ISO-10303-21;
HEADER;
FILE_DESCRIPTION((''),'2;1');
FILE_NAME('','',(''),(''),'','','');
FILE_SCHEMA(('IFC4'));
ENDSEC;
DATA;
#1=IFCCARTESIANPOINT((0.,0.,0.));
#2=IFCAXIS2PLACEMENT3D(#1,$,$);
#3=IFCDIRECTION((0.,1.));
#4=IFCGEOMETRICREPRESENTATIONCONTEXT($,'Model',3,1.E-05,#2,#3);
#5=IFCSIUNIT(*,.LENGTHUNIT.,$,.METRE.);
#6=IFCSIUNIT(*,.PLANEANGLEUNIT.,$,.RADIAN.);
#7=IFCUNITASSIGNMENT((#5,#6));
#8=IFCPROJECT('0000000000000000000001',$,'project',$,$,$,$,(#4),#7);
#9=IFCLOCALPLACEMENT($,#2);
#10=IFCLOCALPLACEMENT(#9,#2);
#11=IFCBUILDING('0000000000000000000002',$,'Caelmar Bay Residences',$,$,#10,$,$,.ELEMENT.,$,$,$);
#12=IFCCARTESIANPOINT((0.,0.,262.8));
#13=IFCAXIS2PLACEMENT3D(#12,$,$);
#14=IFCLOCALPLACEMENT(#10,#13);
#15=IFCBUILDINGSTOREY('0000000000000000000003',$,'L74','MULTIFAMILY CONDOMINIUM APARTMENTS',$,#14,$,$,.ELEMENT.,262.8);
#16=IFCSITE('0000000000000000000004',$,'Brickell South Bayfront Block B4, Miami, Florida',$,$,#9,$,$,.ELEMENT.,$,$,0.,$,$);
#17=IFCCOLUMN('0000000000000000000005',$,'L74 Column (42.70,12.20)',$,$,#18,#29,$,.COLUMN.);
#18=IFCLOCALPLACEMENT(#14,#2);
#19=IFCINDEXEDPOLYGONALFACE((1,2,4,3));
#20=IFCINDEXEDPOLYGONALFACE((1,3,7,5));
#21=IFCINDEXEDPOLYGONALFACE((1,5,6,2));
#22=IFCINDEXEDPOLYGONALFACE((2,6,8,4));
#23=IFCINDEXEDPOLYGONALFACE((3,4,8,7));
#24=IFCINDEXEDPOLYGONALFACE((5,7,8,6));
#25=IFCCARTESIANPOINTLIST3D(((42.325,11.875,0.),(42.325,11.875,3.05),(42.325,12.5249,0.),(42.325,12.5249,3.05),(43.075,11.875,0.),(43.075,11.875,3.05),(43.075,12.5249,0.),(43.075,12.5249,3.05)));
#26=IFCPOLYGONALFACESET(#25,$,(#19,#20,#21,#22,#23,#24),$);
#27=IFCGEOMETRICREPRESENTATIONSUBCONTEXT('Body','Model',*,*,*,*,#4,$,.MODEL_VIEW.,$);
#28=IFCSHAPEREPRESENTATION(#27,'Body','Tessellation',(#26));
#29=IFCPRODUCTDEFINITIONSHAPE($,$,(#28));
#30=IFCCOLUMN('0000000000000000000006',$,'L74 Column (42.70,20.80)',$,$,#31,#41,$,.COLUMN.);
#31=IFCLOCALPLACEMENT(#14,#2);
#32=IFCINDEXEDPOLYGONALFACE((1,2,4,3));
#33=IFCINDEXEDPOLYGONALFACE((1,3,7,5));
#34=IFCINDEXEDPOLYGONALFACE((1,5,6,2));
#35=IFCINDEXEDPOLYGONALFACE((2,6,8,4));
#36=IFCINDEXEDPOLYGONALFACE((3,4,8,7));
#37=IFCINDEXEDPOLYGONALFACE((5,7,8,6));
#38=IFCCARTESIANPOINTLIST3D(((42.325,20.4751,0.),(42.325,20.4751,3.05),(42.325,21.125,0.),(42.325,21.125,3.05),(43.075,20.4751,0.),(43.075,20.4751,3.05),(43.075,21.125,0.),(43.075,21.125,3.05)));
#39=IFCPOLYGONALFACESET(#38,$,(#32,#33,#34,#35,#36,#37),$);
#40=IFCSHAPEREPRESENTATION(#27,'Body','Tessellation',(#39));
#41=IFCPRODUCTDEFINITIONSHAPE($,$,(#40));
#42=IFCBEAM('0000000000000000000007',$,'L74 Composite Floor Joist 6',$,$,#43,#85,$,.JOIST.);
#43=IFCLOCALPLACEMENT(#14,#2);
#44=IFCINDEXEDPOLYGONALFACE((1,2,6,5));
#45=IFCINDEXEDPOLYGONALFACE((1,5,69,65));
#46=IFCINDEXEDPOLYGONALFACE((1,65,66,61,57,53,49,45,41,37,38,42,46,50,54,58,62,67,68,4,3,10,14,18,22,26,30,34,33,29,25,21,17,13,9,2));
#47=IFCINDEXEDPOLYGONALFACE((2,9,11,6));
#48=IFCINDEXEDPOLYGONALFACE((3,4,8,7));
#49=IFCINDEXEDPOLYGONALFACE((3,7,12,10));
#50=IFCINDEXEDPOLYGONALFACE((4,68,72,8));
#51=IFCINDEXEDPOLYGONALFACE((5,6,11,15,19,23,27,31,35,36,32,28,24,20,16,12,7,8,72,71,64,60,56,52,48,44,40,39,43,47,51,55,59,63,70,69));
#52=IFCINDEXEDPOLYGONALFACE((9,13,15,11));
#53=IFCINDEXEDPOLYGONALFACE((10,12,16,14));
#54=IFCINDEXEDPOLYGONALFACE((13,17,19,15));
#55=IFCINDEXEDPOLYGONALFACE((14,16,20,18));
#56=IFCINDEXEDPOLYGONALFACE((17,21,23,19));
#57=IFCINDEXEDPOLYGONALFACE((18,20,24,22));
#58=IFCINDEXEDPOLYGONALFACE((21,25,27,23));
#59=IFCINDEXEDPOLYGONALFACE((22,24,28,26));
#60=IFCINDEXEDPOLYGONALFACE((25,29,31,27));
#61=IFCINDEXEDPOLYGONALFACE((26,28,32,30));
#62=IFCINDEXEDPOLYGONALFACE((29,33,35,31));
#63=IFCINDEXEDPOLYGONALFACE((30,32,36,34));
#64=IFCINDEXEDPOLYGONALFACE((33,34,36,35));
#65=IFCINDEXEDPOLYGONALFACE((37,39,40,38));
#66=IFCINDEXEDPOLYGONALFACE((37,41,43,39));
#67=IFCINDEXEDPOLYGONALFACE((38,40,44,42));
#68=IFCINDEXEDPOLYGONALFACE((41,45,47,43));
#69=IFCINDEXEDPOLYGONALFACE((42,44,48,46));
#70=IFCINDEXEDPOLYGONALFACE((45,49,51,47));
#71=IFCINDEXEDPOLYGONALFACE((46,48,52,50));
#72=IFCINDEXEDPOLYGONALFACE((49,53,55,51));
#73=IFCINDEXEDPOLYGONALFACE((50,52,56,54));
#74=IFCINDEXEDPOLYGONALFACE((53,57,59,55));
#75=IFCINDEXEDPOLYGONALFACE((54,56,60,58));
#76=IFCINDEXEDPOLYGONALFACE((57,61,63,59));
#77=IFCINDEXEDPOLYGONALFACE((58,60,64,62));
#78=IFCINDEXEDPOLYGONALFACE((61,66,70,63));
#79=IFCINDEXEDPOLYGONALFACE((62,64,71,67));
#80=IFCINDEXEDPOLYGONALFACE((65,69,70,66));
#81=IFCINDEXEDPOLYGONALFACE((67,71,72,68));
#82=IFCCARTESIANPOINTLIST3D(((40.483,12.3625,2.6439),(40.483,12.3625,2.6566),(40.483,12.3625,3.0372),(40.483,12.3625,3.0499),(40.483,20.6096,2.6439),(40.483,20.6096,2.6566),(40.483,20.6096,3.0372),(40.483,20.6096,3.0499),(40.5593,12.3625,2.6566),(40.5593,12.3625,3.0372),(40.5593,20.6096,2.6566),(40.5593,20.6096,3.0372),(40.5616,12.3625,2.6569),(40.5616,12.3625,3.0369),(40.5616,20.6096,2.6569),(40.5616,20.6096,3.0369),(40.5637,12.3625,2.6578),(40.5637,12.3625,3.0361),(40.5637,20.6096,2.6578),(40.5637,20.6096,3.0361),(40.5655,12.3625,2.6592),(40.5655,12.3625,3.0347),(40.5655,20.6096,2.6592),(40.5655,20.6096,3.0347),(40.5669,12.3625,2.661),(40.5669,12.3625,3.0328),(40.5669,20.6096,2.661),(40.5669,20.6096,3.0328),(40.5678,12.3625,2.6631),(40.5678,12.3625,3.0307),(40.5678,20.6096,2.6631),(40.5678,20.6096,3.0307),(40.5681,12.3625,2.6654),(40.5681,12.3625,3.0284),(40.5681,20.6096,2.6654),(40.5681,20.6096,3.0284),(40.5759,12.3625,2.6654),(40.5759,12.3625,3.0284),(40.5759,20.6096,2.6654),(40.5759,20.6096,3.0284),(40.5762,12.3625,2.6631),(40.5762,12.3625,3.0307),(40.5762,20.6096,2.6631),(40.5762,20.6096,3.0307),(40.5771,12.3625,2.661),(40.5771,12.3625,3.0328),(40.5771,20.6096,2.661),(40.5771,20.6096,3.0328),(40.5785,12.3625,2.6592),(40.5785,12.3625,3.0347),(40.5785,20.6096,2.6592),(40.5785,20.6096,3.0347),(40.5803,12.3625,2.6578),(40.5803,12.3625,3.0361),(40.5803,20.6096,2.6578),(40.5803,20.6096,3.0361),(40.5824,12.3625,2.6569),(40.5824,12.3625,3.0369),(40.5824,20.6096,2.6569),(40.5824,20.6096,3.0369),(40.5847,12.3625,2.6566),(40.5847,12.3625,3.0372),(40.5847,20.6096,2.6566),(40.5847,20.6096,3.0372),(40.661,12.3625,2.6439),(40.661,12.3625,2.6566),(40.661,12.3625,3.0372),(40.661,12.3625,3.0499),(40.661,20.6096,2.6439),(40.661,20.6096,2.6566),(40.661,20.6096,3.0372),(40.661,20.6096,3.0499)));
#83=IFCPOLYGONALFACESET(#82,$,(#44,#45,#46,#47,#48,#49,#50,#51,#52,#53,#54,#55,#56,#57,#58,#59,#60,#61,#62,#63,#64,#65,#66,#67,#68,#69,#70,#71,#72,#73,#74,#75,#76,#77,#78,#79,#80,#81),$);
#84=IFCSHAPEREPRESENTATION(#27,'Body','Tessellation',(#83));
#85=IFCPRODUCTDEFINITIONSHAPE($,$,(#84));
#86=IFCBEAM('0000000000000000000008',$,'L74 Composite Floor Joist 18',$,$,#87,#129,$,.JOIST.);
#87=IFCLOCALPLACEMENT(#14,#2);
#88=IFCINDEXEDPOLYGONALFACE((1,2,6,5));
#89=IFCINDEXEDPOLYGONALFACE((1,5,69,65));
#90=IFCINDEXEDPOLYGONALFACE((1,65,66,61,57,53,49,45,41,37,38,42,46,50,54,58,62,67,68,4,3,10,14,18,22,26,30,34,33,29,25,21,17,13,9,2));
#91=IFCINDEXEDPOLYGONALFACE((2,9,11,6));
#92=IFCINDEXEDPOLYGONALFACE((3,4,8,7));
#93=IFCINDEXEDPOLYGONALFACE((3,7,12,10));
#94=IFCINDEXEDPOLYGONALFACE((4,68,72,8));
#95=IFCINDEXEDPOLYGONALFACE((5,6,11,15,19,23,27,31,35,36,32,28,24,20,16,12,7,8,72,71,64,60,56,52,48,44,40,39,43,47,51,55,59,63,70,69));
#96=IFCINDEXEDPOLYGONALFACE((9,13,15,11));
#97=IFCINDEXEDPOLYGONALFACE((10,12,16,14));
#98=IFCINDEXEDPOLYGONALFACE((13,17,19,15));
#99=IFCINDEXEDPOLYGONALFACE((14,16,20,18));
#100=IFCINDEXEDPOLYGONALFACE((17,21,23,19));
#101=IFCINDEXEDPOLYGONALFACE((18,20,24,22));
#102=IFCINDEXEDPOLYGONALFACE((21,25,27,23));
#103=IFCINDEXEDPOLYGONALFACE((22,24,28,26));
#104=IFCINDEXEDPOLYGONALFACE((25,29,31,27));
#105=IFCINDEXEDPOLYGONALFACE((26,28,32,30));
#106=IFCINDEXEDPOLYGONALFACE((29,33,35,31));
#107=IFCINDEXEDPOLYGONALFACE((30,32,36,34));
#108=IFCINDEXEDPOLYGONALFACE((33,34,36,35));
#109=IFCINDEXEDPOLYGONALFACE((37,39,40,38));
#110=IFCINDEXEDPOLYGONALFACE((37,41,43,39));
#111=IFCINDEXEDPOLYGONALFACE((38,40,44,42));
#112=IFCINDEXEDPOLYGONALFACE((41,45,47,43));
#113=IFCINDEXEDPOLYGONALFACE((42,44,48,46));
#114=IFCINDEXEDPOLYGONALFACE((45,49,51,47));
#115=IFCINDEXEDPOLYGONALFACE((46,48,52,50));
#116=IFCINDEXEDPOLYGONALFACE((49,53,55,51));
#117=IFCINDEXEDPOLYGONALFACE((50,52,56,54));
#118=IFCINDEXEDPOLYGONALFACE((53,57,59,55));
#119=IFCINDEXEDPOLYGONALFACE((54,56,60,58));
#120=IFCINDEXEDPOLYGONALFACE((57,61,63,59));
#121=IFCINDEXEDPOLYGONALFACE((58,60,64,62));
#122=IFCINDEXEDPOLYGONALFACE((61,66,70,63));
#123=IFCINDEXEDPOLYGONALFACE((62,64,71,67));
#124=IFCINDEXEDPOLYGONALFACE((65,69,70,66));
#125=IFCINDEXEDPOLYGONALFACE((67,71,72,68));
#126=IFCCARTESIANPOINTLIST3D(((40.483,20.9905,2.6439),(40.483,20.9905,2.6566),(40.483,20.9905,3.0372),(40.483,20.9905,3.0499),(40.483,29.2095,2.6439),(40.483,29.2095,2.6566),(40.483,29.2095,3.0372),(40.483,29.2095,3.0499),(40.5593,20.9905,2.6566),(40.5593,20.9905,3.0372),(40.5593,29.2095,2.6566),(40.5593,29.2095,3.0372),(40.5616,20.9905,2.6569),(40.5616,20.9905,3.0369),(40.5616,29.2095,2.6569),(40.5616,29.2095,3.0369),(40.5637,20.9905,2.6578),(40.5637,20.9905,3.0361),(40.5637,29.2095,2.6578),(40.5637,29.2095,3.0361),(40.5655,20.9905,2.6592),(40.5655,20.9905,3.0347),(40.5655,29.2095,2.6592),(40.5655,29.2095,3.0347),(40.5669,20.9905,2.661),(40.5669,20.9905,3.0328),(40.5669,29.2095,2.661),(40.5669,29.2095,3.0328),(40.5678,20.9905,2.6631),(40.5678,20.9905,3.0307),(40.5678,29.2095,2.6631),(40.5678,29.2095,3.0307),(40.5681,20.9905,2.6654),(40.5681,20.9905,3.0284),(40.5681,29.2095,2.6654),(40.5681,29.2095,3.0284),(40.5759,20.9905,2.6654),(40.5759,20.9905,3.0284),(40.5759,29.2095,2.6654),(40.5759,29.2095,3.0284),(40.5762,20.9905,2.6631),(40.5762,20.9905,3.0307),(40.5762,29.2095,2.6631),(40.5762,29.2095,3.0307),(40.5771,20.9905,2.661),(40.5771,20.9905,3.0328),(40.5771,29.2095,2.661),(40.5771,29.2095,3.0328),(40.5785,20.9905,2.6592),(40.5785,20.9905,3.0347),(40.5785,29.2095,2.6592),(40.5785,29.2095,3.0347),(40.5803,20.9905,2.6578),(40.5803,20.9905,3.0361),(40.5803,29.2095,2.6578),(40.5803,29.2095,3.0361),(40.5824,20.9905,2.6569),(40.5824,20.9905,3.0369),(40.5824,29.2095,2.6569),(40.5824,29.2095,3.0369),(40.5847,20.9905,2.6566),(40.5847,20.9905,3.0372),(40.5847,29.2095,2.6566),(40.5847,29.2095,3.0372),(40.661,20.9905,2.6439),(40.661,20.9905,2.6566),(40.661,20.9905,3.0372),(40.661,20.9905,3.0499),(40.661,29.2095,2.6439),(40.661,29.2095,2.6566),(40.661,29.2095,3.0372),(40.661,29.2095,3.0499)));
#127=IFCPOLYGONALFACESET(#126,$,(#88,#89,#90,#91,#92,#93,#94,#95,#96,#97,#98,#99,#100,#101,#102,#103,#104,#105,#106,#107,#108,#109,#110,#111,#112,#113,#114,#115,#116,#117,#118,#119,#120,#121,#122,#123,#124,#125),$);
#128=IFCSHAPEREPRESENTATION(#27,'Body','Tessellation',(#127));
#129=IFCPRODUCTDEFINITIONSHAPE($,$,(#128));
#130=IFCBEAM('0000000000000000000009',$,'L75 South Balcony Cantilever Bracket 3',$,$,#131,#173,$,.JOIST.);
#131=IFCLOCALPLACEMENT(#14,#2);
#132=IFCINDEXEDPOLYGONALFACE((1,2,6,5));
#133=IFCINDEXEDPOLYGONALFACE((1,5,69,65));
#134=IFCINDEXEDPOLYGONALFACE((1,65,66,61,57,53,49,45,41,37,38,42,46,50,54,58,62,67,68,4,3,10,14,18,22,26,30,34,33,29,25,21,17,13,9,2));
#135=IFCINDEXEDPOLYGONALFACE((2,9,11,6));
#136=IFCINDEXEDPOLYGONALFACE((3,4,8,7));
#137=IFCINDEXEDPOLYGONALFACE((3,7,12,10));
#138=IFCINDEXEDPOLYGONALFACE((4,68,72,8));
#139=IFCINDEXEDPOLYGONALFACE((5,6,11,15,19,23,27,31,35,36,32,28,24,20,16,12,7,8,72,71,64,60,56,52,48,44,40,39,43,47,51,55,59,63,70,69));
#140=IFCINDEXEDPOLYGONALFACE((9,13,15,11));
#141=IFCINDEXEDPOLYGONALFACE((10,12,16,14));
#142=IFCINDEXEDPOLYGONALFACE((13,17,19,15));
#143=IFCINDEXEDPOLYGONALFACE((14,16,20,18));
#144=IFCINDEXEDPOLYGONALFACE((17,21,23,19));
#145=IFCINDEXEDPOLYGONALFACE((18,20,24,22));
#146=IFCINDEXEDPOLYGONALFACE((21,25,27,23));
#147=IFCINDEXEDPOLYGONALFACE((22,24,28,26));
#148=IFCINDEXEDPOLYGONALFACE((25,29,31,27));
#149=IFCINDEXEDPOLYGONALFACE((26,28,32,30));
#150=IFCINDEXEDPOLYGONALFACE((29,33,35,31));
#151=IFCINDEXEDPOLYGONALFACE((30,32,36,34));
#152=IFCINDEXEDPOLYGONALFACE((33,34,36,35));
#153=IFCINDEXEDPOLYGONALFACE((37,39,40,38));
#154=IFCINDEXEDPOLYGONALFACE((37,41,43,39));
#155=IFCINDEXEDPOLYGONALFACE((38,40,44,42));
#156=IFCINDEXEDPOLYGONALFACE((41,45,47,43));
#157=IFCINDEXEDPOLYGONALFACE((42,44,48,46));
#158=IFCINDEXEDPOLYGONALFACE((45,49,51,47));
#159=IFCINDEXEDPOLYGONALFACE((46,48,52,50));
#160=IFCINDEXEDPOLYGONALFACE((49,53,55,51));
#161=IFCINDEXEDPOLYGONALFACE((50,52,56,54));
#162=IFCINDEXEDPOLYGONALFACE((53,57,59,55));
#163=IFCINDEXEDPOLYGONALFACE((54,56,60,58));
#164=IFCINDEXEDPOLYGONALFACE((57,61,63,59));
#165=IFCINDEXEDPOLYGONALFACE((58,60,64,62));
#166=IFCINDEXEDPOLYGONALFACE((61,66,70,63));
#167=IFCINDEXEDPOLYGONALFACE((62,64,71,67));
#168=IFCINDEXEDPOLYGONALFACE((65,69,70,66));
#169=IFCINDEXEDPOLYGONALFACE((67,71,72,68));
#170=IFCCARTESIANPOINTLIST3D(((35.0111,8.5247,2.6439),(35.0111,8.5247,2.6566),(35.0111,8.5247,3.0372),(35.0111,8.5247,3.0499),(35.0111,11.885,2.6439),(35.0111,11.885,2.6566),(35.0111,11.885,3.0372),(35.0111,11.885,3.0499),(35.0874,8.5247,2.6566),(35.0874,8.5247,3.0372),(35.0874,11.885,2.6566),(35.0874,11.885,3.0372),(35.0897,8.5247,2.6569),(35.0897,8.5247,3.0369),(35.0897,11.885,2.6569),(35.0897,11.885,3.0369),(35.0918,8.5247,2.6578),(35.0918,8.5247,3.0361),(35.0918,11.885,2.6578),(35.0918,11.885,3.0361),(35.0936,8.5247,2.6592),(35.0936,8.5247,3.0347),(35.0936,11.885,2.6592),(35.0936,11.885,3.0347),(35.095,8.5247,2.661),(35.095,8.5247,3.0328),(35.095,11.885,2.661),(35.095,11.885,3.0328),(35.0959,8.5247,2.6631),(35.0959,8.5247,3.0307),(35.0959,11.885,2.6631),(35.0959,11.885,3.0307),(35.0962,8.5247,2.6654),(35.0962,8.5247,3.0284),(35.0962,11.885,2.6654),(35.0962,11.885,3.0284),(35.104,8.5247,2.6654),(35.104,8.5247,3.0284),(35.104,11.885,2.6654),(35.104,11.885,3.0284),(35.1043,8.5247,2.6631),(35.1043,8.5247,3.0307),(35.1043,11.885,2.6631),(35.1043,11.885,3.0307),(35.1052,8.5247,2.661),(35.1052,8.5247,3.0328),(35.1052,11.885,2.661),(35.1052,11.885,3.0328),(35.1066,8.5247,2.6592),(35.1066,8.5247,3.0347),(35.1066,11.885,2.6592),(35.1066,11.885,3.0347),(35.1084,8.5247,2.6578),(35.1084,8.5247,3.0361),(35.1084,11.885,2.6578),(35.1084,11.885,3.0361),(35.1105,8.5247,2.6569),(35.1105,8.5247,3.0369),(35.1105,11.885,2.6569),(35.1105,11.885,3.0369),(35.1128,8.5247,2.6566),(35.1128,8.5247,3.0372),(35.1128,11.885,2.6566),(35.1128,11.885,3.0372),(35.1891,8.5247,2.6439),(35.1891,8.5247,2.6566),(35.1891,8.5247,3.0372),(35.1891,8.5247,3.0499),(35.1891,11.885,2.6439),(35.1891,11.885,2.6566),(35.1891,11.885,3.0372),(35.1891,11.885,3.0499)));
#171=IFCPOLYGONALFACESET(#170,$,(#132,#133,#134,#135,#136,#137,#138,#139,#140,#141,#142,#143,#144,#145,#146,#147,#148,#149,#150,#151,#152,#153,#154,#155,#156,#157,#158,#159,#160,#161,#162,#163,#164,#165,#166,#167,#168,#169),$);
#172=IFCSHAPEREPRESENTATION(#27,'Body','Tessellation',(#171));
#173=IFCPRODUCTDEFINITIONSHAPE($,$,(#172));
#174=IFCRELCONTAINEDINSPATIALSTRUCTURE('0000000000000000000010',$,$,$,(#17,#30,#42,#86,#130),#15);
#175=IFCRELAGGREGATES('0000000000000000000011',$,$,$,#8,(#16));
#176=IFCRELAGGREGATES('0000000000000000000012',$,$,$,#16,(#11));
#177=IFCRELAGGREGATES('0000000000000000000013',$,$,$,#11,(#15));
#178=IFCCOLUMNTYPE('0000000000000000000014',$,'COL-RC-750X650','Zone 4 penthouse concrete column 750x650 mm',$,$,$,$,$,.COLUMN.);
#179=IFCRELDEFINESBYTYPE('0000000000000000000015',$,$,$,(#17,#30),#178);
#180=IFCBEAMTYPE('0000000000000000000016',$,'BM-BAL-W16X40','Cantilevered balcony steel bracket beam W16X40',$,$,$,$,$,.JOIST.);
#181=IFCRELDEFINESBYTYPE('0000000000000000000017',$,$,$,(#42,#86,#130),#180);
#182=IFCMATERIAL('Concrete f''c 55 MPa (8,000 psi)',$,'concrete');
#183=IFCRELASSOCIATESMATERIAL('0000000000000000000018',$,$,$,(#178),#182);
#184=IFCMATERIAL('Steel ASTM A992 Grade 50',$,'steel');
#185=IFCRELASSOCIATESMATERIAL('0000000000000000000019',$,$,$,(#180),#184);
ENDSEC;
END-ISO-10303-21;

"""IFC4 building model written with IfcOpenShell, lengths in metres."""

from ifc_helpers import new_model, si_unit, direction, frame, origin, origin_2d, place, context, subcontext, project, spatial, rectangle, i_section, extrude, material, material_profile, profile_set, type_object, element, save


model = new_model("IFC4")

# Units and contexts
model_context = context("Model", 3, precision=1e-05, world=origin(), true_north=direction((0.0, 1.0)))
body_context = subcontext(model_context, "Body", "Model", "MODEL_VIEW")
ifc_project = project(units=[si_unit("LENGTHUNIT", "METRE"), si_unit("PLANEANGLEUNIT", "RADIAN")], contexts=[model_context])

# Site, building, storey
site_placement = place(None, origin())
site = spatial("IfcSite", under=ifc_project, at=site_placement, Name="Brickell South Bayfront Block B4, Miami, Florida", CompositionType="ELEMENT", RefElevation=0.0)
building_placement = place(site_placement, origin())
building = spatial("IfcBuilding", under=site, at=building_placement, Name="Caelmar Bay Residences", CompositionType="ELEMENT")
storey_placement = place(building_placement, frame((0.0, 0.0, 262.8)))
storey = spatial("IfcBuildingStorey", under=building, at=storey_placement, Name="L74", Description="MULTIFAMILY CONDOMINIUM APARTMENTS", CompositionType="ELEMENT", Elevation=262.8)

# Columns
ifc_material_1 = material(Name="Concrete f'c 55 MPa (8,000 psi)", Category="concrete")
ifc_material_profile_1 = material_profile(ifc_material_1, rectangle(XDim=0.75, YDim=0.6499, at=origin_2d()), Name="RC-COL-750X650")
ifc_profile_set_1 = profile_set([ifc_material_profile_1], Name="Concrete f'c 55 MPa (8,000 psi)")
column_type = type_object("IfcColumnType", Name="COL-RC-750X650", Description="Zone 4 penthouse concrete column 750x650 mm", PredefinedType="COLUMN", material=ifc_profile_set_1)
for number, where, z_axis, x_axis, name in (
    (1, (42.7, 12.2, 0.0), (0.0, 0.0, 1.0), (1.0, 0.0, 0.0), "L74 Column (42.70,12.20)"),
    (2, (42.7, 20.8, 0.0), (0.0, 0.0, 1.0), (1.0, 0.0, 0.0), "L74 Column (42.70,20.80)"),
):
    element("IfcColumn", number, at=place(storey_placement, frame(where, z_axis=z_axis, x_axis=x_axis)), inside=storey, type_object=column_type, Name=name, PredefinedType="COLUMN", context=body_context, shape_type="SweptSolid", body=[
        extrude(rectangle(XDim=0.75, YDim=0.6499, at=origin_2d()), origin(), (0.0, 0.0, 1.0), 3.05),
    ])

# Beams
ifc_material_2 = material(Name="Steel ASTM A992 Grade 50", Category="steel")
ifc_material_profile_2 = material_profile(ifc_material_2, i_section(OverallWidth=0.178, OverallDepth=0.406, WebThickness=0.0078, FlangeThickness=0.0127, FilletRadius=0.0088, at=origin_2d()), Name="W16X40")
ifc_profile_set_2 = profile_set([ifc_material_profile_2], Name="Steel ASTM A992 Grade 50")
beam_type_1 = type_object("IfcBeamType", Name="BM-BAL-W16X40", Description="Cantilevered balcony steel bracket beam W16X40", PredefinedType="JOIST", material=ifc_profile_set_2)
beam_1_placement = place(storey_placement, frame((40.572, 12.3625, 2.8469), z_axis=(0.0, 1.0, 0.0), x_axis=(-1.0, 0.0, 0.0)))
element("IfcBeam", 3, at=beam_1_placement, inside=storey, type_object=beam_type_1, Name="L74 Composite Floor Joist 6", PredefinedType="JOIST", context=body_context, shape_type="SweptSolid", body=[
    extrude(i_section(OverallWidth=0.178, OverallDepth=0.406, WebThickness=0.0078, FlangeThickness=0.0127, FilletRadius=0.0088, at=origin_2d()), origin(), (0.0, 0.0, 1.0), 8.2471),
])
beam_2_placement = place(storey_placement, frame((40.572, 20.9905, 2.8469), z_axis=(0.0, 1.0, 0.0), x_axis=(-1.0, 0.0, 0.0)))
element("IfcBeam", 4, at=beam_2_placement, inside=storey, type_object=beam_type_1, Name="L74 Composite Floor Joist 18", PredefinedType="JOIST", context=body_context, shape_type="SweptSolid", body=[
    extrude(i_section(OverallWidth=0.178, OverallDepth=0.406, WebThickness=0.0078, FlangeThickness=0.0127, FilletRadius=0.0088, at=origin_2d()), origin(), (0.0, 0.0, 1.0), 8.219),
])
beam_3_placement = place(storey_placement, frame((35.1001, 11.885, 2.8469), z_axis=(0.0, -1.0, 0.0), x_axis=(1.0, 0.0, 0.0)))
element("IfcBeam", 5, at=beam_3_placement, inside=storey, type_object=beam_type_1, Name="L75 South Balcony Cantilever Bracket 3", PredefinedType="JOIST", context=body_context, shape_type="SweptSolid", body=[
    extrude(i_section(OverallWidth=0.178, OverallDepth=0.406, WebThickness=0.0078, FlangeThickness=0.0127, FilletRadius=0.0088, at=origin_2d()), origin(), (0.0, 0.0, 1.0), 3.3604),
])

save(model, "model.ifc")
